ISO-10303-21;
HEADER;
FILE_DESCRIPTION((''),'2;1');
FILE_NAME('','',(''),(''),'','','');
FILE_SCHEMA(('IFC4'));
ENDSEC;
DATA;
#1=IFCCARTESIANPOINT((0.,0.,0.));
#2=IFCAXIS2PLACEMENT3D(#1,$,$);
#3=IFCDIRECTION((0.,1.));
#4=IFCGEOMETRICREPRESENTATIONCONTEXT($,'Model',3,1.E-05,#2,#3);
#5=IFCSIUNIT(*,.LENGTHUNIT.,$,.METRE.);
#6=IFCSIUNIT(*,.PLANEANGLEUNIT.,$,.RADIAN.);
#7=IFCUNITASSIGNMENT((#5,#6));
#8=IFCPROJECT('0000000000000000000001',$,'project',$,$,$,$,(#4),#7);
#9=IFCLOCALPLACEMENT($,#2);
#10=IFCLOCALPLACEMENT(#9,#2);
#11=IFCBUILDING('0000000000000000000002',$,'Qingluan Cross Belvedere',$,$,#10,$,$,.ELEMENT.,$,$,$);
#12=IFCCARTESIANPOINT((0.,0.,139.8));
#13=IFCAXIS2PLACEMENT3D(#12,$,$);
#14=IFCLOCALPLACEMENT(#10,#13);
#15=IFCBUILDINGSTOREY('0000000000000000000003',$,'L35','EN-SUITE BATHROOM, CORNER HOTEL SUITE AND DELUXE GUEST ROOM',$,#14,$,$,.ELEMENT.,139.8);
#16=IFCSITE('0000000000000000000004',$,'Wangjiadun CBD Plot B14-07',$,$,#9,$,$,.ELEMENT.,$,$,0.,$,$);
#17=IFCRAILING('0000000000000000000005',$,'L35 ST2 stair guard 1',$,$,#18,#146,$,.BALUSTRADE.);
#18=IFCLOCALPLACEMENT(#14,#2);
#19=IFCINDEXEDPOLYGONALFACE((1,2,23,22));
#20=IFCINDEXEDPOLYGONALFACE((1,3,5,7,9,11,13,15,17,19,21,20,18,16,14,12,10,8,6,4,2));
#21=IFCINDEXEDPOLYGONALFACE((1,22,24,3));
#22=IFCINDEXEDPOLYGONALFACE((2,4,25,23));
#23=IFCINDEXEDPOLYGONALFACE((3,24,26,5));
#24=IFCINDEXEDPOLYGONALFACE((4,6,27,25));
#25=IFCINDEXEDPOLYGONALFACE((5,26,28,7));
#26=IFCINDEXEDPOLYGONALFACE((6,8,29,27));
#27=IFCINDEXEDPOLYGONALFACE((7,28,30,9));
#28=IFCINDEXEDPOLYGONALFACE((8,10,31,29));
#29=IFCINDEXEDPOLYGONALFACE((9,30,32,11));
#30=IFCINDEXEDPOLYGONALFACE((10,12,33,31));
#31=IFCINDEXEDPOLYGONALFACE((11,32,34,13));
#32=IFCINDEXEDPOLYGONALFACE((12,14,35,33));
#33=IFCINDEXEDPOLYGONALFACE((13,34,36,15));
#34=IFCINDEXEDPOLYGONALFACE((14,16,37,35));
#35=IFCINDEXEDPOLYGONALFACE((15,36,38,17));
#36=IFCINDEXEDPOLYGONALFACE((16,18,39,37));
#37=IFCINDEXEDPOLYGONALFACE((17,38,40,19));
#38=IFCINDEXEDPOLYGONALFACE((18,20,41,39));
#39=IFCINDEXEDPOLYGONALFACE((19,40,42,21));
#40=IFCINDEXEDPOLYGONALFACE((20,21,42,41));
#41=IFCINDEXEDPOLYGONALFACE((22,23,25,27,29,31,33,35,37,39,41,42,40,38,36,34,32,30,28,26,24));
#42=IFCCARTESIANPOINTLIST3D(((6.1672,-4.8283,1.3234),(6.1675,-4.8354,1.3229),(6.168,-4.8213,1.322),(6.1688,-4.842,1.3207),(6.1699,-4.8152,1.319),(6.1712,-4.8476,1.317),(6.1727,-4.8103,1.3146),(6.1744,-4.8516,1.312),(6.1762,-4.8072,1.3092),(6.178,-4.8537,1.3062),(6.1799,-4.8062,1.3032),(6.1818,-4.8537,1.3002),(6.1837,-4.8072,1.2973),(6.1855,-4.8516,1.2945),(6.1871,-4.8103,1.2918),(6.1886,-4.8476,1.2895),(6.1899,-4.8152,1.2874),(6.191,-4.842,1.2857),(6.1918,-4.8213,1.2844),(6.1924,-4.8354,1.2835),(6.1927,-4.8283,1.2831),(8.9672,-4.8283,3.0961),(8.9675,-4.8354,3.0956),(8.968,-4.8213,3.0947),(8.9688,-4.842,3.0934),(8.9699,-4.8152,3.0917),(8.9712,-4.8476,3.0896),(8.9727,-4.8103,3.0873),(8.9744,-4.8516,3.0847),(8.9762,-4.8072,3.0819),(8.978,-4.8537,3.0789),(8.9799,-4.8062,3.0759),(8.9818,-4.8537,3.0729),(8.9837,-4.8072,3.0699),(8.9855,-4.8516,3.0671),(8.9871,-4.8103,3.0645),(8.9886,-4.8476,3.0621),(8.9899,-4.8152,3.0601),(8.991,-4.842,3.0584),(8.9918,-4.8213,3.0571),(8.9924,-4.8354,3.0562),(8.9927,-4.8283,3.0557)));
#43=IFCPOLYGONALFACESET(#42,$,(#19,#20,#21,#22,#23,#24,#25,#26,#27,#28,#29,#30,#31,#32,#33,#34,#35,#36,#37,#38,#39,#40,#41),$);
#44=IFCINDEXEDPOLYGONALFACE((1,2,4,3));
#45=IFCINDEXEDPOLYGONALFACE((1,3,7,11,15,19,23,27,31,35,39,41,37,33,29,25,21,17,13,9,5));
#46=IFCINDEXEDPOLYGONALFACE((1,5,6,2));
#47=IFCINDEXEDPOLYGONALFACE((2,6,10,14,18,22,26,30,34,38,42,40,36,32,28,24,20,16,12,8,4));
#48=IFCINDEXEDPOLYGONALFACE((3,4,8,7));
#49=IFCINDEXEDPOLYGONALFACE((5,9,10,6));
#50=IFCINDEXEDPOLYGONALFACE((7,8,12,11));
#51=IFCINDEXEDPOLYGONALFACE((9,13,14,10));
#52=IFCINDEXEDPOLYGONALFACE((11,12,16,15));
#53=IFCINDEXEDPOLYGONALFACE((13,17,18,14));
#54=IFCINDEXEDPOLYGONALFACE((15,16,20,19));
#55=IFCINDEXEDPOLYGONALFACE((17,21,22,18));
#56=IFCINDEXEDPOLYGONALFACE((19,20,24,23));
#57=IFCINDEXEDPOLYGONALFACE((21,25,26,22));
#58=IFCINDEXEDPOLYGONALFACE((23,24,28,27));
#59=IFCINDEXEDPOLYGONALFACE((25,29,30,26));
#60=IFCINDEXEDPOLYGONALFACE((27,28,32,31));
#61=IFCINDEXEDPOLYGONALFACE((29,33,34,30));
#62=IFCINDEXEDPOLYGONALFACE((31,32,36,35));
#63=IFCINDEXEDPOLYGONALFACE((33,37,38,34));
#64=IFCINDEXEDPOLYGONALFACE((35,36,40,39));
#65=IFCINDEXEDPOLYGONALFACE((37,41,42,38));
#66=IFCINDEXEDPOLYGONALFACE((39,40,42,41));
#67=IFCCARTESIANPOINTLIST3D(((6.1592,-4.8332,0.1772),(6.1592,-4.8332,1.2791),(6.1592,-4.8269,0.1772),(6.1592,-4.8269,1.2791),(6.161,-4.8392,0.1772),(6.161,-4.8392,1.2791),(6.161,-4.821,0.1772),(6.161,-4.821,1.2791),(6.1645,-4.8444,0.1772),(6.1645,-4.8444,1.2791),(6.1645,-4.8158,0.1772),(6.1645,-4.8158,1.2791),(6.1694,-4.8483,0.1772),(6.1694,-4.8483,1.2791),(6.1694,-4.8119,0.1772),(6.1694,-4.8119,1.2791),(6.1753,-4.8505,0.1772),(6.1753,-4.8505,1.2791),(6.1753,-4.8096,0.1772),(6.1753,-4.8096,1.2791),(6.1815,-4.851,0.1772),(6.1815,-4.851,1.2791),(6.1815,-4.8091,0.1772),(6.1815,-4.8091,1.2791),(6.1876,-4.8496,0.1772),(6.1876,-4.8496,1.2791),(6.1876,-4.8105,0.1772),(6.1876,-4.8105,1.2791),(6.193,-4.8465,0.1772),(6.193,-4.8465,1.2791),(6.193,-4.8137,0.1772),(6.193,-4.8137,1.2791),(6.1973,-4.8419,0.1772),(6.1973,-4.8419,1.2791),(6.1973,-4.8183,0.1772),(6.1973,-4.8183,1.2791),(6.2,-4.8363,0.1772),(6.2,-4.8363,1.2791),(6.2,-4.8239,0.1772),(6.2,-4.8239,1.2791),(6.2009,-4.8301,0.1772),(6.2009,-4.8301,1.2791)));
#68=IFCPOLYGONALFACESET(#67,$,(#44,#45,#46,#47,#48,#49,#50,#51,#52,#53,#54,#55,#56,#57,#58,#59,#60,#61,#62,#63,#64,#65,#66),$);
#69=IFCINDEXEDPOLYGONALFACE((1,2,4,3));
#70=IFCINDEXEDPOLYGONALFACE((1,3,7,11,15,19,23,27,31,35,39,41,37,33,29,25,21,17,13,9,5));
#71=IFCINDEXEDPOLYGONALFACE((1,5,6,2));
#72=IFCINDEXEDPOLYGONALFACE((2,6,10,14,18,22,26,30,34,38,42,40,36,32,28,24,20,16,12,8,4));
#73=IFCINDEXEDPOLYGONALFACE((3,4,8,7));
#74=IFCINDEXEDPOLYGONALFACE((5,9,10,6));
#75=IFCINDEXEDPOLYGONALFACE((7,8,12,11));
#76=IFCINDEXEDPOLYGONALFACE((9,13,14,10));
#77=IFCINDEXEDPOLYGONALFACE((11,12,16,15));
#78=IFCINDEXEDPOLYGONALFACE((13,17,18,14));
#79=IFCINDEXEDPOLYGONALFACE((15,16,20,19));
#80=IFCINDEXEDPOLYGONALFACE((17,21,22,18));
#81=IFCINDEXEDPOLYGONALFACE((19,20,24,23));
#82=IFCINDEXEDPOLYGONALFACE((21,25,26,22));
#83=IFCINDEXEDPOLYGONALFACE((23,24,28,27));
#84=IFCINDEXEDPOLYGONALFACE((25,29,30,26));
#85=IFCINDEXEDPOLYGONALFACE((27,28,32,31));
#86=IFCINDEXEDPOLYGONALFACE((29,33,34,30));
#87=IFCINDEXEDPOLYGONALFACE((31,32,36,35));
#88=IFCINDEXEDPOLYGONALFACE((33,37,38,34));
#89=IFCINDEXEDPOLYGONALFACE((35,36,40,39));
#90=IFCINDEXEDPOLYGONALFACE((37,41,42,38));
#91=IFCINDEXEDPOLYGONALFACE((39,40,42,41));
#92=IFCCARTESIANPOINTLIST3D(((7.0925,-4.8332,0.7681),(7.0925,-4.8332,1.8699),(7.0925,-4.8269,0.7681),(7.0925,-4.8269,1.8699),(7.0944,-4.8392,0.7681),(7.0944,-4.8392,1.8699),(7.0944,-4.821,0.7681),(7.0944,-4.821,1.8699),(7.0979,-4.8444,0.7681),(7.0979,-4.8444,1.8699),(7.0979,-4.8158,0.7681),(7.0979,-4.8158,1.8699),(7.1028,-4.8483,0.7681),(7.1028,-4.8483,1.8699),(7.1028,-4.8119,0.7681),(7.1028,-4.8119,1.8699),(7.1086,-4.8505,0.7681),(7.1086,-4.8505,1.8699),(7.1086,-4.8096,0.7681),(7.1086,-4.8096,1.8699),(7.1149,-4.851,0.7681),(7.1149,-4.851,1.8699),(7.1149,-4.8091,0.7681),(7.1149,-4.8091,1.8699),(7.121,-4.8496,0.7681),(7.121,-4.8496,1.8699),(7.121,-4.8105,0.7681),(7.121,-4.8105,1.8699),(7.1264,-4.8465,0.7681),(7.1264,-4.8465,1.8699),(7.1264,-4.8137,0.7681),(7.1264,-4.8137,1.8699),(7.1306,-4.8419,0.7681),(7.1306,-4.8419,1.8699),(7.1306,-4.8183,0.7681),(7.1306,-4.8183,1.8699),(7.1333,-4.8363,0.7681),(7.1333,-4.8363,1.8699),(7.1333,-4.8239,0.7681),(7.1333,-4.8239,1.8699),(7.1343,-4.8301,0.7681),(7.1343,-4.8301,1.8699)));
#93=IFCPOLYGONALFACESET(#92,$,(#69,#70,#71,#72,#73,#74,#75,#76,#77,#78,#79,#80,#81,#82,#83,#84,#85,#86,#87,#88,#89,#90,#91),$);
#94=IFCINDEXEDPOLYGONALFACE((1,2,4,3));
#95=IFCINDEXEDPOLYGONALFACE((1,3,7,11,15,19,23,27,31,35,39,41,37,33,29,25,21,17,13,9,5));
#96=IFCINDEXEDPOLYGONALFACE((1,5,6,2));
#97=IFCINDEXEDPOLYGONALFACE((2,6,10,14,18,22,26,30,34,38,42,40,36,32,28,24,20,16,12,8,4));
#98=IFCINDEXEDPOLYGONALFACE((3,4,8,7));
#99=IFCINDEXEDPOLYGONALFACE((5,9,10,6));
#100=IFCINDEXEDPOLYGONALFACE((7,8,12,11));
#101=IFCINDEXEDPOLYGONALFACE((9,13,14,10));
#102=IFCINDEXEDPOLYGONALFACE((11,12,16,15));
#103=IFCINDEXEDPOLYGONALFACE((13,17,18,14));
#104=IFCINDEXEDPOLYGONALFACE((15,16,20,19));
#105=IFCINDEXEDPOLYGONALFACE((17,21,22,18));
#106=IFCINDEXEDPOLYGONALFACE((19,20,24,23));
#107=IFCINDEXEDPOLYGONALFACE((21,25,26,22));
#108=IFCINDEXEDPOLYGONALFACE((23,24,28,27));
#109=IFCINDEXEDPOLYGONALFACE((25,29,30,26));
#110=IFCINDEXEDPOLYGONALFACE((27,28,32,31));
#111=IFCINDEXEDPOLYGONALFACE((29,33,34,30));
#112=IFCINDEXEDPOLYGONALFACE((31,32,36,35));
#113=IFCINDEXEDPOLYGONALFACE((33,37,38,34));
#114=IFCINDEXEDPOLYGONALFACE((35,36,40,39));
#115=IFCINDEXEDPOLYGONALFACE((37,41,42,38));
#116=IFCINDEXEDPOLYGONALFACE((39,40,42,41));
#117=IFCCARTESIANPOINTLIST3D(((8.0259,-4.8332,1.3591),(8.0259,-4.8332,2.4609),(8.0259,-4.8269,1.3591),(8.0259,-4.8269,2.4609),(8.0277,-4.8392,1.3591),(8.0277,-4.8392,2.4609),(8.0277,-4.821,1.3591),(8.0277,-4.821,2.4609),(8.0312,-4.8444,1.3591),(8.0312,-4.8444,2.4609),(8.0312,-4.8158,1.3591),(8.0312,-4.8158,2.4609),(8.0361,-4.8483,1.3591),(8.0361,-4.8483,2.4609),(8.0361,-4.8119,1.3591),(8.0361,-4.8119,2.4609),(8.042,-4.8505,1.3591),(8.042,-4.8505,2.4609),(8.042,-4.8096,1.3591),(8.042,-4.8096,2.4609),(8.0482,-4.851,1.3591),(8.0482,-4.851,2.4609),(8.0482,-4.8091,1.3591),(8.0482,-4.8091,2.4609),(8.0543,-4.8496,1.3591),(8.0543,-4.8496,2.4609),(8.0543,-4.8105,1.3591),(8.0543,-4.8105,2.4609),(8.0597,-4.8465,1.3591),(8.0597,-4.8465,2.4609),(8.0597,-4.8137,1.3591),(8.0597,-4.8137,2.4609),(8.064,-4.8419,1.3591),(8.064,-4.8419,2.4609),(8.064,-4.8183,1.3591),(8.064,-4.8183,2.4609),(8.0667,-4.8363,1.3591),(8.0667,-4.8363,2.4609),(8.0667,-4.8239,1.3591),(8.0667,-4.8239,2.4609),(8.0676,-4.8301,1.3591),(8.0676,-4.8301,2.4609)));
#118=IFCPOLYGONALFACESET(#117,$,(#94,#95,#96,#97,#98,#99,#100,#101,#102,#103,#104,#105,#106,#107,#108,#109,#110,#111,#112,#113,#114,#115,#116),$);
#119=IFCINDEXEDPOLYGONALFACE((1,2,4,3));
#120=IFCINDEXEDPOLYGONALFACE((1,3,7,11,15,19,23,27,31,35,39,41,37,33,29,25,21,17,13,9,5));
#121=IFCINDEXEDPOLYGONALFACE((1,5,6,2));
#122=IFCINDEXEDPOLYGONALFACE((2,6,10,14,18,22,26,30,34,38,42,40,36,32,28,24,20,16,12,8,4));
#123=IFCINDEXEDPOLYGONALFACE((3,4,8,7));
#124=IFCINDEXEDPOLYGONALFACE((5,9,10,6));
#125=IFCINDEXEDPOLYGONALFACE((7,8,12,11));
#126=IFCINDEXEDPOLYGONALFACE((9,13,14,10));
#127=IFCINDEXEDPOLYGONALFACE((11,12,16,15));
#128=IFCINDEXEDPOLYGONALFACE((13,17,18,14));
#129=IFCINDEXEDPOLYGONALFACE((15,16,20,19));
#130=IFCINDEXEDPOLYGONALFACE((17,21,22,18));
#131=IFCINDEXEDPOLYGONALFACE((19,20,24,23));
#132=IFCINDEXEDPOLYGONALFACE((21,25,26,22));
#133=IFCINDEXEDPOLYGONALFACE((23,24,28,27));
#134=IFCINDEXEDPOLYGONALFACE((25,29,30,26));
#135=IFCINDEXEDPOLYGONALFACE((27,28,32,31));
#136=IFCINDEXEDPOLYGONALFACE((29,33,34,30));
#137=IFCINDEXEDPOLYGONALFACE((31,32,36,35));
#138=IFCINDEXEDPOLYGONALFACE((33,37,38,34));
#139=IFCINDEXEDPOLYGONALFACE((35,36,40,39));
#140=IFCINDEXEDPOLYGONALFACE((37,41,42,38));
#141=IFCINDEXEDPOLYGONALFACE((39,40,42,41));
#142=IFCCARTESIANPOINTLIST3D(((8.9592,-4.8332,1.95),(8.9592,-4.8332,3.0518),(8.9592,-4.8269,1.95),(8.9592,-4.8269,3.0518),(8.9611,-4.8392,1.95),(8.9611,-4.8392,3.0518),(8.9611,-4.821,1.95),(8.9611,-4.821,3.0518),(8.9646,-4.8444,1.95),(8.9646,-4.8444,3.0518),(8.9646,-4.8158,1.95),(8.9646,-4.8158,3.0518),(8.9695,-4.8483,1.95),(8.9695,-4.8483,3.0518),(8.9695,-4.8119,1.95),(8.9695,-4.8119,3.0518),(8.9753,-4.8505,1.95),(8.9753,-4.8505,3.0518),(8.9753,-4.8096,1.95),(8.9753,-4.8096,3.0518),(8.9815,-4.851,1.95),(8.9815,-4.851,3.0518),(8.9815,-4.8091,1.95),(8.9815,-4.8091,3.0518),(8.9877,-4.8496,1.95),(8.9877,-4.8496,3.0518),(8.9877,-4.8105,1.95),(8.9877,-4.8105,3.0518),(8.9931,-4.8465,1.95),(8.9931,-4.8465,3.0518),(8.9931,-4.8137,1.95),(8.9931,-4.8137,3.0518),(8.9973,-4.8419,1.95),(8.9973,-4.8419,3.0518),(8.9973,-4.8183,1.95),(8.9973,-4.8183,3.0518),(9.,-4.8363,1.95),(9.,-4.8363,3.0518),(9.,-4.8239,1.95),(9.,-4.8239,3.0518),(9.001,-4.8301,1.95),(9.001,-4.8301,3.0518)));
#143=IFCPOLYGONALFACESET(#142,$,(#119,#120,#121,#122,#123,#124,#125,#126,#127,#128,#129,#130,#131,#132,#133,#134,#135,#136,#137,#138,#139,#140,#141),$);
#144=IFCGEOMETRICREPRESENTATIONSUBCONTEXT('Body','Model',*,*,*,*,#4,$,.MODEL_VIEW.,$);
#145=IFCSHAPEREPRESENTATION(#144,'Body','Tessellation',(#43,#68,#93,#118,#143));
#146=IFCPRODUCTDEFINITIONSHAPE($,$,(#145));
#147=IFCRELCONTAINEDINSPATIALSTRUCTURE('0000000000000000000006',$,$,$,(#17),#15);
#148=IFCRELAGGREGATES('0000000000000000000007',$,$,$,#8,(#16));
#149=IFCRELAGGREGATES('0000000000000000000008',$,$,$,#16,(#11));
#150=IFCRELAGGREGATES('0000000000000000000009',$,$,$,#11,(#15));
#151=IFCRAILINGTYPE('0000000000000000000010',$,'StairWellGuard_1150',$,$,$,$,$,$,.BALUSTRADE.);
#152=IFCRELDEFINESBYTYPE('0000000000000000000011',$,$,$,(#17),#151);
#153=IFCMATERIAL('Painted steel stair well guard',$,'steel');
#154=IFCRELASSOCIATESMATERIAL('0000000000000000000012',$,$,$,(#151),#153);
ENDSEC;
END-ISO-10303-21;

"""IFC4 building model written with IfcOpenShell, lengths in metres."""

from ifc_helpers import new_model, si_unit, direction, frame, origin, origin_2d, place, context, subcontext, project, spatial, circle, extrude, material, type_object, element, save


model = new_model("IFC4")

# Units and contexts
model_context = context("Model", 3, precision=1e-05, world=origin(), true_north=direction((0.0, 1.0)))
body_context = subcontext(model_context, "Body", "Model", "MODEL_VIEW")
ifc_project = project(units=[si_unit("LENGTHUNIT", "METRE"), si_unit("PLANEANGLEUNIT", "RADIAN")], contexts=[model_context])

# Site, building, storey
site_placement = place(None, origin())
site = spatial("IfcSite", under=ifc_project, at=site_placement, Name="Wangjiadun CBD Plot B14-07", CompositionType="ELEMENT", RefElevation=0.0)
building_placement = place(site_placement, origin())
building = spatial("IfcBuilding", under=site, at=building_placement, Name="Qingluan Cross Belvedere", CompositionType="ELEMENT")
storey_placement = place(building_placement, frame((0.0, 0.0, 139.8)))
storey = spatial("IfcBuildingStorey", under=building, at=storey_placement, Name="L35", Description="EN-SUITE BATHROOM, CORNER HOTEL SUITE AND DELUXE GUEST ROOM", CompositionType="ELEMENT", Elevation=139.8)

# Railing
ifc_material_1 = material(Name="Painted steel stair well guard", Category="steel")
railing_type_1 = type_object("IfcRailingType", Name="StairWellGuard_1150", PredefinedType="BALUSTRADE", material=ifc_material_1)
railing_1_placement = place(storey_placement, frame((6.1799, -4.8301, 0.1772)))
element("IfcRailing", 1, at=railing_1_placement, inside=storey, type_object=railing_type_1, Name="L35 ST2 stair guard 1", PredefinedType="BALUSTRADE", context=body_context, shape_type="SweptSolid", body=[
    extrude(circle(Radius=0.0239, at=origin_2d()), frame((0.0, 0.0, 1.126), z_axis=(0.844909, 0.0, 0.53491), x_axis=(0.0, 1.0, 0.0)), (0.0, 0.0, 1.0), 3.314),
    extrude(circle(Radius=0.021, at=origin_2d()), origin(), (0.0, 0.0, 1.0), 1.1018),
    extrude(circle(Radius=0.021, at=origin_2d()), frame((0.9333, 0.0, 0.5908)), (0.0, 0.0, 1.0), 1.1018),
    extrude(circle(Radius=0.021, at=origin_2d()), frame((1.8667, 0.0, 1.1819)), (0.0, 0.0, 1.0), 1.1018),
    extrude(circle(Radius=0.021, at=origin_2d()), frame((2.8, 0.0, 1.7727)), (0.0, 0.0, 1.0), 1.1018),
])

save(model, "model.ifc")
